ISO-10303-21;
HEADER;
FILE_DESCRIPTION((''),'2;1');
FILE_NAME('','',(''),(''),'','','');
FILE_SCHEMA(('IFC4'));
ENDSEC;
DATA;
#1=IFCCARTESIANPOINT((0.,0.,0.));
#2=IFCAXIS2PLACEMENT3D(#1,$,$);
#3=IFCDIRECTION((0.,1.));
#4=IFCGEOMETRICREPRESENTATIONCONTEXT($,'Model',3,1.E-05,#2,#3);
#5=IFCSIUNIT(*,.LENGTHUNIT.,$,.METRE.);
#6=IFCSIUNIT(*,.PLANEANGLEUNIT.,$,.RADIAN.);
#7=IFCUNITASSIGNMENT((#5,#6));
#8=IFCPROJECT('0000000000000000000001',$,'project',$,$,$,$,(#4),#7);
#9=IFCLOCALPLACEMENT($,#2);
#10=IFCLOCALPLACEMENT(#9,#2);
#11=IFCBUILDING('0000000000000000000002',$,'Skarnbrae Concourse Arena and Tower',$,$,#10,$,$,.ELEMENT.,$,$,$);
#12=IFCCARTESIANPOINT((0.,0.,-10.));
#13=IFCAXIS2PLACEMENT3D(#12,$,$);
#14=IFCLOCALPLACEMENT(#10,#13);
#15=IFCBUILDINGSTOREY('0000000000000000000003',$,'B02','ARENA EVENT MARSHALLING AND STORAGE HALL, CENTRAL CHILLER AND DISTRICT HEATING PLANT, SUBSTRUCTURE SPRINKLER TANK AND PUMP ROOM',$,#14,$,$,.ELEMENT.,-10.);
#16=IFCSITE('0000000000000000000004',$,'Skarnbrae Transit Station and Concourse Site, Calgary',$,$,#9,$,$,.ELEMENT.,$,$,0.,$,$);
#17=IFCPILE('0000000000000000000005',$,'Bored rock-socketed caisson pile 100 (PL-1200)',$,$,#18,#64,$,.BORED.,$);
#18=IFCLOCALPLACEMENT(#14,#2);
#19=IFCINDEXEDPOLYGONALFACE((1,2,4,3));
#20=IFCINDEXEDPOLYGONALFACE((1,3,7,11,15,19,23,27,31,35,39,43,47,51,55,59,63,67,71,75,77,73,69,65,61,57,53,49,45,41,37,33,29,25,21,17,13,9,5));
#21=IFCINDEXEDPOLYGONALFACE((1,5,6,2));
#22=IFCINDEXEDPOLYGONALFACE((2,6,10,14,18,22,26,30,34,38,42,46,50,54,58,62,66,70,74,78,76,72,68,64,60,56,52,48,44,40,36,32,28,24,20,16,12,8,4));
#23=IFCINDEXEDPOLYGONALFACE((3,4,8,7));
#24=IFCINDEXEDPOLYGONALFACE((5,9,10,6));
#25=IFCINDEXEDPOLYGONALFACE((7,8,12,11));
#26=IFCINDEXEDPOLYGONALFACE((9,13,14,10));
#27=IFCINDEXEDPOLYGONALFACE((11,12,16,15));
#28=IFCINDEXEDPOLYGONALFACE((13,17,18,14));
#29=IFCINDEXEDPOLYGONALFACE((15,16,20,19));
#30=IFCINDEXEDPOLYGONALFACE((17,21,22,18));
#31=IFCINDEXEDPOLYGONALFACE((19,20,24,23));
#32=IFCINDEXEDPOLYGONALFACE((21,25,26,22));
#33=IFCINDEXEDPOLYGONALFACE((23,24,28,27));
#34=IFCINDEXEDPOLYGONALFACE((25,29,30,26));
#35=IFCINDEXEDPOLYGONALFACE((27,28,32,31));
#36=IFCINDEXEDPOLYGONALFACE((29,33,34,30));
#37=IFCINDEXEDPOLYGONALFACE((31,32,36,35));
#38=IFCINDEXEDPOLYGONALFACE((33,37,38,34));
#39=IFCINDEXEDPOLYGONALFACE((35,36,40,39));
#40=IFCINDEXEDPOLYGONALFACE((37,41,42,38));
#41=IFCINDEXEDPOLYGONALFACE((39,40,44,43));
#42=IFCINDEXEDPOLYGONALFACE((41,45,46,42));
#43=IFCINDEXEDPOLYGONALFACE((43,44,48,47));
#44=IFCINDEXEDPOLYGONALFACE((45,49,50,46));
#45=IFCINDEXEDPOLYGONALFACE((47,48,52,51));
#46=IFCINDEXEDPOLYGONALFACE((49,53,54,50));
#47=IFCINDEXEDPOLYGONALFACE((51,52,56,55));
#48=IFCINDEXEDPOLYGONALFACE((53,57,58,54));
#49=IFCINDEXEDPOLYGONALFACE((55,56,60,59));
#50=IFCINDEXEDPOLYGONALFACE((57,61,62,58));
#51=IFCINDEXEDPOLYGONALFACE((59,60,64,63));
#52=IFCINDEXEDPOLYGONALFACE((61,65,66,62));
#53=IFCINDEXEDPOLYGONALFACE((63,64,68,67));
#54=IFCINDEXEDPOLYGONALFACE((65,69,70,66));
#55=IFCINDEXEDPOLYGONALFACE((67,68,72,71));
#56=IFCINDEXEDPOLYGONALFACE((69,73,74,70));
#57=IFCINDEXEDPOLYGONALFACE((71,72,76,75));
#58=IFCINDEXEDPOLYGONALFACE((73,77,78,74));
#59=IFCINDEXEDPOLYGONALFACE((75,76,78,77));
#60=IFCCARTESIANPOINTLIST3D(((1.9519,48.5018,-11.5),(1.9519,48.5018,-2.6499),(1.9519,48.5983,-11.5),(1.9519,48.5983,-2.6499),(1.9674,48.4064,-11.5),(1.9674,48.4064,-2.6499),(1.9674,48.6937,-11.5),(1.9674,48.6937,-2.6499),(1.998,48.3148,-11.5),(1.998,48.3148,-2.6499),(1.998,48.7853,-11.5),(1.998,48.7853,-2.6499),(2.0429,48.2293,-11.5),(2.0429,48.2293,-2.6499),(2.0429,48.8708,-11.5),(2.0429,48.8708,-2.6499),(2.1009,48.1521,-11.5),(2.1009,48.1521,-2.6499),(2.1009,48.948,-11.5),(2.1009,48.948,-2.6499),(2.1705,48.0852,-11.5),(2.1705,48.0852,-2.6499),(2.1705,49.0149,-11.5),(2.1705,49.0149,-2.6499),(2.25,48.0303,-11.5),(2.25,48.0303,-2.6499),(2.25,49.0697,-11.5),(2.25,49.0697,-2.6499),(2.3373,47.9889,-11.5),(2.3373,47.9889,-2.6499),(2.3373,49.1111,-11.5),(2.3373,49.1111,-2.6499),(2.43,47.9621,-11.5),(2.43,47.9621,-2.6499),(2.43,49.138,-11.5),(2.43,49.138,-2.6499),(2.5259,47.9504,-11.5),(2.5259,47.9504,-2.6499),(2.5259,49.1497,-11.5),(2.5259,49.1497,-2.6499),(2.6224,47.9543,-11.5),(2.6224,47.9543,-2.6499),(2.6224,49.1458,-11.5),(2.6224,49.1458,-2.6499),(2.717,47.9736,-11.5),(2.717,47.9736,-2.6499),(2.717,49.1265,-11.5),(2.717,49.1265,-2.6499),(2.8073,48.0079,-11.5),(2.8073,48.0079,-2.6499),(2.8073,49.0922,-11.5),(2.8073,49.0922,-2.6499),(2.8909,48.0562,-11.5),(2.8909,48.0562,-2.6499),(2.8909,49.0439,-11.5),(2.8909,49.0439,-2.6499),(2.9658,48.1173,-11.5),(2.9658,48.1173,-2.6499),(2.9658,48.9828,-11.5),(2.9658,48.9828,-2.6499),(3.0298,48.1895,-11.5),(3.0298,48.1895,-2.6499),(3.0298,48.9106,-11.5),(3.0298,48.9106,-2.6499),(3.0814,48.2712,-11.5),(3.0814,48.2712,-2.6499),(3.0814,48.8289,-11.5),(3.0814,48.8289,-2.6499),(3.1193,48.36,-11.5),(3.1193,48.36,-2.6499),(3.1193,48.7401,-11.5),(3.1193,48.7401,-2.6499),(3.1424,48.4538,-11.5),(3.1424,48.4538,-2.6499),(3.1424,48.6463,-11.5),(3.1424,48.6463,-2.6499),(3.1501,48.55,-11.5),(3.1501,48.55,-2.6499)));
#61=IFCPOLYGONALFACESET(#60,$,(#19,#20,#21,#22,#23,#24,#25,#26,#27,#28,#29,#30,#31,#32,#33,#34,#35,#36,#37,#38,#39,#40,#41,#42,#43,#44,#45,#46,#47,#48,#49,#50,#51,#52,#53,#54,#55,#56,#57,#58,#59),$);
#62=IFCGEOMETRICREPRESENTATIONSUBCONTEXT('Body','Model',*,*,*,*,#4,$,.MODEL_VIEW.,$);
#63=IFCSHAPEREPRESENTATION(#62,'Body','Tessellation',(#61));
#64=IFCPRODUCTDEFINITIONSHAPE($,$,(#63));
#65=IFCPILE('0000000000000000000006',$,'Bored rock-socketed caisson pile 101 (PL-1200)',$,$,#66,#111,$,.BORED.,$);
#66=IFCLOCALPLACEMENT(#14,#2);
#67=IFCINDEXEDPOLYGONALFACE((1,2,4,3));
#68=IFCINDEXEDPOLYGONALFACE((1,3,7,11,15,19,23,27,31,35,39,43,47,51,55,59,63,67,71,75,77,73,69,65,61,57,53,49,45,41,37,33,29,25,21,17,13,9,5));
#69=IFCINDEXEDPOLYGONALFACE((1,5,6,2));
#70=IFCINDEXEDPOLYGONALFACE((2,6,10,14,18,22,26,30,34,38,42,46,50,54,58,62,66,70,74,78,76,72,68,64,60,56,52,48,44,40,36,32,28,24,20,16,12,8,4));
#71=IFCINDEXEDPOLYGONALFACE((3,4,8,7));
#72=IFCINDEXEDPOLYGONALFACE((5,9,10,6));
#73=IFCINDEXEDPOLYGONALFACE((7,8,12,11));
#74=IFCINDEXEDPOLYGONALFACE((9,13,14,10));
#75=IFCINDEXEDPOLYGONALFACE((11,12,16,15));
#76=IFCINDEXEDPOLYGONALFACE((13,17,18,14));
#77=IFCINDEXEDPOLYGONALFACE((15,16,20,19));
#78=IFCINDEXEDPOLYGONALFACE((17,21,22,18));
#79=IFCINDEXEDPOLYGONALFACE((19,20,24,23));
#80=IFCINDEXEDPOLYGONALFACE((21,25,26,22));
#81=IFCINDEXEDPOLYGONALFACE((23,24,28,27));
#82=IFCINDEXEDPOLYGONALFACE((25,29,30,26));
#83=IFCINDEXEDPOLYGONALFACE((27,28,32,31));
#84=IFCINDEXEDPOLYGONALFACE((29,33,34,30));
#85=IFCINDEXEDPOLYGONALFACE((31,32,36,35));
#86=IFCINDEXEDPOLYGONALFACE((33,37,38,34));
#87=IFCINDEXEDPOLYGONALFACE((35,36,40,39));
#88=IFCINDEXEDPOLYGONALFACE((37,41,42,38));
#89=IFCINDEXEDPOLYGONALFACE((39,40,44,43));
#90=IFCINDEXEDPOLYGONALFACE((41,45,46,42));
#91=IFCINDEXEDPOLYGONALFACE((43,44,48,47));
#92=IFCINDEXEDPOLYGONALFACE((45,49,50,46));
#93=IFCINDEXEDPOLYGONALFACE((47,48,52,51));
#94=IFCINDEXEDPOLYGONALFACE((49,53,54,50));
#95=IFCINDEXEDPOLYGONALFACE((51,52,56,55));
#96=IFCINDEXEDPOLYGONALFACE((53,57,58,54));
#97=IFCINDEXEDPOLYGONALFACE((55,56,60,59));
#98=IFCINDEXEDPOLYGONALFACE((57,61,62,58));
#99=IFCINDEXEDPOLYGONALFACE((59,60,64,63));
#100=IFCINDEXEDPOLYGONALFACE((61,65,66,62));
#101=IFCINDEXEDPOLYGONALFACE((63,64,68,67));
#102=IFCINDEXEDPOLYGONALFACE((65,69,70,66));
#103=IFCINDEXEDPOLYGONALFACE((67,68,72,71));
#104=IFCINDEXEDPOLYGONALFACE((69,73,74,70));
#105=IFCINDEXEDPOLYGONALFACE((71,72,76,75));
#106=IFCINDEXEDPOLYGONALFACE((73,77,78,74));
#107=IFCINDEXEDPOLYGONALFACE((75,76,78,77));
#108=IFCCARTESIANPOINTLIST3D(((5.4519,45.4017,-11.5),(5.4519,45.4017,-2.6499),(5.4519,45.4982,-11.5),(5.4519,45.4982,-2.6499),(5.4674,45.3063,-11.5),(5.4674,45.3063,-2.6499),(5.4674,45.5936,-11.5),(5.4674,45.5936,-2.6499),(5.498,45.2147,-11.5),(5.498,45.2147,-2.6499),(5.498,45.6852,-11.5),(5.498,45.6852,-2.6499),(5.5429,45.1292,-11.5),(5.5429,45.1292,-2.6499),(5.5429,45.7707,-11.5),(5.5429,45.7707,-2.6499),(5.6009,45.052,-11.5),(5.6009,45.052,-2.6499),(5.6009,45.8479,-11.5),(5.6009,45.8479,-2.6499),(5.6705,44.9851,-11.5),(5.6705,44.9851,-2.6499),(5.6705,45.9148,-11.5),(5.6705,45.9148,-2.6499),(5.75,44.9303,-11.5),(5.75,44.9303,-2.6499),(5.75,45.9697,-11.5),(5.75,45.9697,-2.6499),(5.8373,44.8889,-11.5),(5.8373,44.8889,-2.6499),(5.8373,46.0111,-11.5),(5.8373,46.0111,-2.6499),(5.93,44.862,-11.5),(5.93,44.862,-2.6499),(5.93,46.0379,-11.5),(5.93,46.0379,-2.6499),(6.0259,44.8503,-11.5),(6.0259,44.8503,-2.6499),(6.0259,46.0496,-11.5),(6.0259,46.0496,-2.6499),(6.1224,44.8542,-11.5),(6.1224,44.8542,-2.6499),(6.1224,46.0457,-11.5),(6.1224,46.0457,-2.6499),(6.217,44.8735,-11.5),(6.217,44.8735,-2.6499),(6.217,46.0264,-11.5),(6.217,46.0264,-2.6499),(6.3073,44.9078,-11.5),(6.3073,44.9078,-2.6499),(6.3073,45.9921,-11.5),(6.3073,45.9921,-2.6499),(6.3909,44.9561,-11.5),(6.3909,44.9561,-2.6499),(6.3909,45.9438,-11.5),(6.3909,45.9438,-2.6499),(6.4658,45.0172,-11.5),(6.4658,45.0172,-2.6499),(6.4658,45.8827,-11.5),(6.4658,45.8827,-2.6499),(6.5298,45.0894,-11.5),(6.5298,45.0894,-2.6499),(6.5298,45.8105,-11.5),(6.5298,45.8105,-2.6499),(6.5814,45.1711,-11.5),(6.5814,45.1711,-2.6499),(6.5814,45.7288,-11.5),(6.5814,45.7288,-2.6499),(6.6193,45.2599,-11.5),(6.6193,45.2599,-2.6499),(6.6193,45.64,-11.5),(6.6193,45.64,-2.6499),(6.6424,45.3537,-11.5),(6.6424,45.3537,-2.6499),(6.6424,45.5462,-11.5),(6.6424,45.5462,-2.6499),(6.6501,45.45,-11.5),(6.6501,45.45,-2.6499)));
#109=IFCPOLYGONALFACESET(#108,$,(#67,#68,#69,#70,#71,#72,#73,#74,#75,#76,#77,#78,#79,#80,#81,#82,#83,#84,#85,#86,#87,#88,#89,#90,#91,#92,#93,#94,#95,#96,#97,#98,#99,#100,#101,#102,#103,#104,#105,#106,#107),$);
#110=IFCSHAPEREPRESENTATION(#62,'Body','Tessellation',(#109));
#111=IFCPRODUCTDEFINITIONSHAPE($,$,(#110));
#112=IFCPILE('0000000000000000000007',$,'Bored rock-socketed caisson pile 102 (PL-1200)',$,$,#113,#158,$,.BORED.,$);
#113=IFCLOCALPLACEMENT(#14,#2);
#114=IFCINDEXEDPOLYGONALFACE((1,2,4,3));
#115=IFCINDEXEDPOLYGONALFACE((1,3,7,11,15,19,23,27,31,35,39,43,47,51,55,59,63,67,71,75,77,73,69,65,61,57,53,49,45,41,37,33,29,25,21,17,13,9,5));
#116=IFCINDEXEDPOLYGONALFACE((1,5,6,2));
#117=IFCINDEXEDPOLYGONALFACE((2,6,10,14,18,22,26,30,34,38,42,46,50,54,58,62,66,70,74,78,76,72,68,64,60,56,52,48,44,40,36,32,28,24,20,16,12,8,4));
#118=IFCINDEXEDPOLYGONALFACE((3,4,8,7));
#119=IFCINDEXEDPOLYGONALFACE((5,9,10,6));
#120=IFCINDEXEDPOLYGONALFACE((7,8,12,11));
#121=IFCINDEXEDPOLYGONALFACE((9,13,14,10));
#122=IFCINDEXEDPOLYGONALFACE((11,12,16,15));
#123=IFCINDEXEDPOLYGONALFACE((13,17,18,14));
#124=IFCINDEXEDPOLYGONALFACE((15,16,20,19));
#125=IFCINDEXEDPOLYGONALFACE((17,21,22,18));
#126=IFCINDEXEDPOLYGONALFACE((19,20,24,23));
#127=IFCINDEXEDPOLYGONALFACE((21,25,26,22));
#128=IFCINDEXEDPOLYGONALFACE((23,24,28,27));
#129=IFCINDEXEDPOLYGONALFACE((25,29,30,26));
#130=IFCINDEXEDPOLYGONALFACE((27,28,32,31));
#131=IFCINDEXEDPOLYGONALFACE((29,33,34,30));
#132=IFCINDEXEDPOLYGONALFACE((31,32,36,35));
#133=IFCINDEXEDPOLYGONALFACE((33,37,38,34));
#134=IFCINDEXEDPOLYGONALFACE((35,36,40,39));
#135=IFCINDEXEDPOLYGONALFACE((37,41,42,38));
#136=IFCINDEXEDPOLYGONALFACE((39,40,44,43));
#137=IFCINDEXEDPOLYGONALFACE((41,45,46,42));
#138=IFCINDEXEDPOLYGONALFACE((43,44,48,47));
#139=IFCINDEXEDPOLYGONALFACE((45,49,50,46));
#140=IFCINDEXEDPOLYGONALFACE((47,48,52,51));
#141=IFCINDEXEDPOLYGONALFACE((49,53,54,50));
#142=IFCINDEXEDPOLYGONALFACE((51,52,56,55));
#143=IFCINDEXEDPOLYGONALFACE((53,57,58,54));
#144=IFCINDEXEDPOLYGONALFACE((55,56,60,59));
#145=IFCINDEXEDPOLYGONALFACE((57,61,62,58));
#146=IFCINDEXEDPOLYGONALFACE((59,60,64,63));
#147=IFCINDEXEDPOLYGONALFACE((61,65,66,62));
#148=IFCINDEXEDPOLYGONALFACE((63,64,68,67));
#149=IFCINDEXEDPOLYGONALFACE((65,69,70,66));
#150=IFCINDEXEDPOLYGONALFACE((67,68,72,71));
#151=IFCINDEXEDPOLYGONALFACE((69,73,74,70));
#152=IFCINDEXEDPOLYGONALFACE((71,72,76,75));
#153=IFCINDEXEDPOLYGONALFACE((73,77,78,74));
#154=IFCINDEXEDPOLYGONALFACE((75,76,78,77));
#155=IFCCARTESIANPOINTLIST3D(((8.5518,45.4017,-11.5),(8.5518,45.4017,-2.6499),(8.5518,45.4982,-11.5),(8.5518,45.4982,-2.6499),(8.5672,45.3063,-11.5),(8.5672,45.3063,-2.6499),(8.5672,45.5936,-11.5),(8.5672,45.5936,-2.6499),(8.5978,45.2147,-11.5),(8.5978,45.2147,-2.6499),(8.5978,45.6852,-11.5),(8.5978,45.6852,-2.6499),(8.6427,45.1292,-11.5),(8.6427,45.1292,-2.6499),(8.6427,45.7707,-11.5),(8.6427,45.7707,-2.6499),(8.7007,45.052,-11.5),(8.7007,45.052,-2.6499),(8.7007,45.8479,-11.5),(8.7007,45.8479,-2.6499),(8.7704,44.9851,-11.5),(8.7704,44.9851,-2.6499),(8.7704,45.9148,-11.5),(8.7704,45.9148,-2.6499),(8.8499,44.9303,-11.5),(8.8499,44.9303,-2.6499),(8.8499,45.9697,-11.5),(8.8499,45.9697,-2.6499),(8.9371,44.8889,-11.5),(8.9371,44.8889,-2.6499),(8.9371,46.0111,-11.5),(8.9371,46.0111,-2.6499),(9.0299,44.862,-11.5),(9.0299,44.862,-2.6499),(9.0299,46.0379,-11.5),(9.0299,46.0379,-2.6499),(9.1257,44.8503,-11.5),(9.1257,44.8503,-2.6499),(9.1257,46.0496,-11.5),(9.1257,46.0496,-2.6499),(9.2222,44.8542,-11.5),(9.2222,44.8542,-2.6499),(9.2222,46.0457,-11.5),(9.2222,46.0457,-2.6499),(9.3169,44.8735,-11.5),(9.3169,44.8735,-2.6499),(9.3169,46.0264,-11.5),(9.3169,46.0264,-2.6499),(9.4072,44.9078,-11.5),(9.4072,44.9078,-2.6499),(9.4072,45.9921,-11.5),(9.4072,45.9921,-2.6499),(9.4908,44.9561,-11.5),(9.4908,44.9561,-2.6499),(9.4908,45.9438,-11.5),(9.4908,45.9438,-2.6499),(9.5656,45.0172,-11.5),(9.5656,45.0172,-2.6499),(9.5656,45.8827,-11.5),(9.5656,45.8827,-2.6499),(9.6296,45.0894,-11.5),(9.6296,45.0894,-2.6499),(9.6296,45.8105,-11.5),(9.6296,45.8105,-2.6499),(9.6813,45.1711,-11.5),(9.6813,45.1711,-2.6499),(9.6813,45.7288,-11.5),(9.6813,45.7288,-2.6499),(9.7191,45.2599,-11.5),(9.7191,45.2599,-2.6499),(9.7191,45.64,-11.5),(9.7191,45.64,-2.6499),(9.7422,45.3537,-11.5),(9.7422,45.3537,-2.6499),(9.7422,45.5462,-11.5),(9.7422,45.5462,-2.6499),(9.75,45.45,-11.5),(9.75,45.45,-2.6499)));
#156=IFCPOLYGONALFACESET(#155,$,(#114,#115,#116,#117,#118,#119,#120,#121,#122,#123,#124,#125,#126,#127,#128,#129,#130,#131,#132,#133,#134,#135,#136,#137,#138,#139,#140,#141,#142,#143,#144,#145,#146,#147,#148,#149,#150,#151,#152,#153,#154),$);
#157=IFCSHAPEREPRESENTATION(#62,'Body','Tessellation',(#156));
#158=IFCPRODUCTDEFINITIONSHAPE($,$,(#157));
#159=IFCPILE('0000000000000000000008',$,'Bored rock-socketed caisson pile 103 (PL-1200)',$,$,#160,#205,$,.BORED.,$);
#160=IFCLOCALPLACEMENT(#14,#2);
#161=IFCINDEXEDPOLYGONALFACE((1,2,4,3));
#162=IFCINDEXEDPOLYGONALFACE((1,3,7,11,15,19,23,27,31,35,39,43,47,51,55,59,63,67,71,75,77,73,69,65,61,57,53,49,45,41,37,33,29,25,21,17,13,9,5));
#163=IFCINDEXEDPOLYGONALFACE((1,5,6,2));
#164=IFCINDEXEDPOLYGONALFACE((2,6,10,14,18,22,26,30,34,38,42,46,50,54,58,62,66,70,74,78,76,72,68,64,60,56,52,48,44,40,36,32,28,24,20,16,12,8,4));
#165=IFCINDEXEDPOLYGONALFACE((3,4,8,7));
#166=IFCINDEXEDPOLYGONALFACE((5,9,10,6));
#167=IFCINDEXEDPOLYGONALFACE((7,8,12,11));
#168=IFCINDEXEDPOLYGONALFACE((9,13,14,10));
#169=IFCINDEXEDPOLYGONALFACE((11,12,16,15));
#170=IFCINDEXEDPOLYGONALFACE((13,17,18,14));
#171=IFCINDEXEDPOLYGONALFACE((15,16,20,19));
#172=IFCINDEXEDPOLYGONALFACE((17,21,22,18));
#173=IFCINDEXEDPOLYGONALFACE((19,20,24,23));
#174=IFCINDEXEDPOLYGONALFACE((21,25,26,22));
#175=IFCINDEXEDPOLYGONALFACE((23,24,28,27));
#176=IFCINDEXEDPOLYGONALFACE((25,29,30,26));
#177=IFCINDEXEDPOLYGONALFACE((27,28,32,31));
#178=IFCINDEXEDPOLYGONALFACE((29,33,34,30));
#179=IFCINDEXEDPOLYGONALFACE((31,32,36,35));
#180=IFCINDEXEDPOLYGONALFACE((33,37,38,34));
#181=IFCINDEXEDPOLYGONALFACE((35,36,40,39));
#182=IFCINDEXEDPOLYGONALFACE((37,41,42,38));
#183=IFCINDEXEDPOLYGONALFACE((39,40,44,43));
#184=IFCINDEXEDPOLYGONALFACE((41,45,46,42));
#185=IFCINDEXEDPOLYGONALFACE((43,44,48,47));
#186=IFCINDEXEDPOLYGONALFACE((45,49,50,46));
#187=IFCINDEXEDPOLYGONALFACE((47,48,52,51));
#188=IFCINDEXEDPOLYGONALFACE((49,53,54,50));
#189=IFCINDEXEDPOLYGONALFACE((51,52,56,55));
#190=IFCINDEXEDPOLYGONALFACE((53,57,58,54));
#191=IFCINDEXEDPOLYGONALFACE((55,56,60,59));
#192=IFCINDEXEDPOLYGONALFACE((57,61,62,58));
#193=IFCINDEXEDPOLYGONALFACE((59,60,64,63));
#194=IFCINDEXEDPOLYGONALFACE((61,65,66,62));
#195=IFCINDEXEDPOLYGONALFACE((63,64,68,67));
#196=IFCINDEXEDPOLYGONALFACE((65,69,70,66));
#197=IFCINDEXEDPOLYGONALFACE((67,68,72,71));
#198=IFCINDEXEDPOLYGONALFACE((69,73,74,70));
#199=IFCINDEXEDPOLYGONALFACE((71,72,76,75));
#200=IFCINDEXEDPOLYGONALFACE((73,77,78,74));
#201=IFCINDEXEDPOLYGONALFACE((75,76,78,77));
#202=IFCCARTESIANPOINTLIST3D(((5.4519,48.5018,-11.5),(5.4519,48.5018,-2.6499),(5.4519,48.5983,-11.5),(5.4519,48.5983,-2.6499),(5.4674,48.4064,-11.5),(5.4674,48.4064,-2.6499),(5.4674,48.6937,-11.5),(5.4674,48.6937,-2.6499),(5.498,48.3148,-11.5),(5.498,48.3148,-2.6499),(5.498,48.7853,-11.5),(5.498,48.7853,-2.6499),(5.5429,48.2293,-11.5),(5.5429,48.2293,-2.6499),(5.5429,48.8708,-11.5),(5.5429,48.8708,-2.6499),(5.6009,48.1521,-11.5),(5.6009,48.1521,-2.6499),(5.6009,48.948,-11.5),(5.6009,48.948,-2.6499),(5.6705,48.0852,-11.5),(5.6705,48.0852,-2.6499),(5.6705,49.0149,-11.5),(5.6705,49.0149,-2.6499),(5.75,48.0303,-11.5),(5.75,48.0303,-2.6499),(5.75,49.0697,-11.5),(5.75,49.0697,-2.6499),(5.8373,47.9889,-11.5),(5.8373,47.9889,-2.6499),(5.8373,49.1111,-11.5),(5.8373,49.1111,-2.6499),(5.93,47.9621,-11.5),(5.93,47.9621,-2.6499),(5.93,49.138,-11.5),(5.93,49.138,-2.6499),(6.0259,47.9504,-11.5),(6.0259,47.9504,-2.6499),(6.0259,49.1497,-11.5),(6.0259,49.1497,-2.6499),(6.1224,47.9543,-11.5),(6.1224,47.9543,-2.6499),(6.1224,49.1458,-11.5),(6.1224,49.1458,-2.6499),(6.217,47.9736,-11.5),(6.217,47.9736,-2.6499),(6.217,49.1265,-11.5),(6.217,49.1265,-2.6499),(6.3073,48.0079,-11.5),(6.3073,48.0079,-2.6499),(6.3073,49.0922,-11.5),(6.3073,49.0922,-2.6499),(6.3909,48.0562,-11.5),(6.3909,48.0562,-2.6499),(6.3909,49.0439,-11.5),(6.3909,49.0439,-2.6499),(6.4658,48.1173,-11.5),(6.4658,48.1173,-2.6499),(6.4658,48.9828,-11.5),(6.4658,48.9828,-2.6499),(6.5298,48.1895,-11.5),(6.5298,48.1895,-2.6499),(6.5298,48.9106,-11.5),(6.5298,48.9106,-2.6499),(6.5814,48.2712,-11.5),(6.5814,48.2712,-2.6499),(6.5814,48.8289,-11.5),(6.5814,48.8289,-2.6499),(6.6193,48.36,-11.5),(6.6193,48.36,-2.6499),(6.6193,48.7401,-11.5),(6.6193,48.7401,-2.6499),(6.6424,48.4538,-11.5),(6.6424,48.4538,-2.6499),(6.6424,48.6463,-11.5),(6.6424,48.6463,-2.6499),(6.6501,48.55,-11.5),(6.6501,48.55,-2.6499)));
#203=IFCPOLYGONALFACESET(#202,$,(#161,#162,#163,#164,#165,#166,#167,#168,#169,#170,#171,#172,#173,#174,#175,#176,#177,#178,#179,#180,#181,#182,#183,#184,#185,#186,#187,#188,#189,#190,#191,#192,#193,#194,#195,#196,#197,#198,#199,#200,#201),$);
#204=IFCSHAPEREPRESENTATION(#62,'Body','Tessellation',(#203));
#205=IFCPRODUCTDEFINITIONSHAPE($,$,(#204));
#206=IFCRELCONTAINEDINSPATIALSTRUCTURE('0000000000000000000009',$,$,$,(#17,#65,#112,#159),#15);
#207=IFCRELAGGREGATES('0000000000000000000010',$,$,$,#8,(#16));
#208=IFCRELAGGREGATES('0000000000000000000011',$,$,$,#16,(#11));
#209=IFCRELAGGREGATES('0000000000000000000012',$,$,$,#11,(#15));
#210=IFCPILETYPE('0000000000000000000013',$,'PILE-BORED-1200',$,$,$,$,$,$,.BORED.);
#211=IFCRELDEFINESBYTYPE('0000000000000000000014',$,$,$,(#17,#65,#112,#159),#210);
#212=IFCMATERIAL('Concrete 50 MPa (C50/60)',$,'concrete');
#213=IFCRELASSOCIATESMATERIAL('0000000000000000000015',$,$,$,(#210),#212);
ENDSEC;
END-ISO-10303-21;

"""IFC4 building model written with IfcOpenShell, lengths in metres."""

from ifc_helpers import new_model, si_unit, direction, frame, origin, origin_2d, place, context, subcontext, project, spatial, circle, extrude, source, transform, mapped, material, material_profile, profile_set, type_object, element, save


model = new_model("IFC4")

# Units and contexts
model_context = context("Model", 3, precision=1e-05, world=origin(), true_north=direction((0.0, 1.0)))
body_context = subcontext(model_context, "Body", "Model", "MODEL_VIEW")
ifc_project = project(units=[si_unit("LENGTHUNIT", "METRE"), si_unit("PLANEANGLEUNIT", "RADIAN")], contexts=[model_context])

# Site, building, storey
site_placement = place(None, origin())
site = spatial("IfcSite", under=ifc_project, at=site_placement, Name="Skarnbrae Transit Station and Concourse Site, Calgary", CompositionType="ELEMENT", RefElevation=0.0)
building_placement = place(site_placement, origin())
building = spatial("IfcBuilding", under=site, at=building_placement, Name="Skarnbrae Concourse Arena and Tower", CompositionType="ELEMENT")
storey_placement = place(building_placement, frame((0.0, 0.0, -10.0)))
storey = spatial("IfcBuildingStorey", under=building, at=storey_placement, Name="B02", Description="ARENA EVENT MARSHALLING AND STORAGE HALL, CENTRAL CHILLER AND DISTRICT HEATING PLANT, SUBSTRUCTURE SPRINKLER TANK AND PUMP ROOM", CompositionType="ELEMENT", Elevation=-10.0)

# Shared definitions
ifc_material_1 = material(Name="Concrete 50 MPa (C50/60)", Category="concrete")

# Piles
ifc_material_profile_1 = material_profile(ifc_material_1, circle(Radius=0.6001, at=origin_2d()), Name="CAISSON-1200")
ifc_profile_set_1 = profile_set([ifc_material_profile_1], Name="Concrete 50 MPa (C50/60)")
pile_type = type_object("IfcPileType", Name="PILE-BORED-1200", PredefinedType="BORED", material=ifc_profile_set_1)
shared_shape_1 = source(origin(), body_context, "Body", "SweptSolid", [
    extrude(circle(Radius=0.6001, at=origin_2d()), origin(), (0.0, 0.0, 1.0), 8.8501),
])
for number, where, z_axis, x_axis, name in (
    (1, (2.55, 48.55, -2.6499), (0.0, 0.0, -1.0), (1.0, 0.0, 0.0), "Bored rock-socketed caisson pile 100 (PL-1200)"),
    (2, (6.05, 45.45, -2.6499), (0.0, 0.0, -1.0), (1.0, 0.0, 0.0), "Bored rock-socketed caisson pile 101 (PL-1200)"),
    (3, (9.1499, 45.45, -2.6499), (0.0, 0.0, -1.0), (1.0, 0.0, 0.0), "Bored rock-socketed caisson pile 102 (PL-1200)"),
    (4, (6.05, 48.55, -2.6499), (0.0, 0.0, -1.0), (1.0, 0.0, 0.0), "Bored rock-socketed caisson pile 103 (PL-1200)"),
):
    element("IfcPile", number, at=place(storey_placement, frame(where, z_axis=z_axis, x_axis=x_axis)), inside=storey, type_object=pile_type, Name=name, PredefinedType="BORED", context=body_context, shape_type="MappedRepresentation", body=[
        mapped(shared_shape_1, transform((0.0, 0.0, 0.0))),
    ])

save(model, "model.ifc")
